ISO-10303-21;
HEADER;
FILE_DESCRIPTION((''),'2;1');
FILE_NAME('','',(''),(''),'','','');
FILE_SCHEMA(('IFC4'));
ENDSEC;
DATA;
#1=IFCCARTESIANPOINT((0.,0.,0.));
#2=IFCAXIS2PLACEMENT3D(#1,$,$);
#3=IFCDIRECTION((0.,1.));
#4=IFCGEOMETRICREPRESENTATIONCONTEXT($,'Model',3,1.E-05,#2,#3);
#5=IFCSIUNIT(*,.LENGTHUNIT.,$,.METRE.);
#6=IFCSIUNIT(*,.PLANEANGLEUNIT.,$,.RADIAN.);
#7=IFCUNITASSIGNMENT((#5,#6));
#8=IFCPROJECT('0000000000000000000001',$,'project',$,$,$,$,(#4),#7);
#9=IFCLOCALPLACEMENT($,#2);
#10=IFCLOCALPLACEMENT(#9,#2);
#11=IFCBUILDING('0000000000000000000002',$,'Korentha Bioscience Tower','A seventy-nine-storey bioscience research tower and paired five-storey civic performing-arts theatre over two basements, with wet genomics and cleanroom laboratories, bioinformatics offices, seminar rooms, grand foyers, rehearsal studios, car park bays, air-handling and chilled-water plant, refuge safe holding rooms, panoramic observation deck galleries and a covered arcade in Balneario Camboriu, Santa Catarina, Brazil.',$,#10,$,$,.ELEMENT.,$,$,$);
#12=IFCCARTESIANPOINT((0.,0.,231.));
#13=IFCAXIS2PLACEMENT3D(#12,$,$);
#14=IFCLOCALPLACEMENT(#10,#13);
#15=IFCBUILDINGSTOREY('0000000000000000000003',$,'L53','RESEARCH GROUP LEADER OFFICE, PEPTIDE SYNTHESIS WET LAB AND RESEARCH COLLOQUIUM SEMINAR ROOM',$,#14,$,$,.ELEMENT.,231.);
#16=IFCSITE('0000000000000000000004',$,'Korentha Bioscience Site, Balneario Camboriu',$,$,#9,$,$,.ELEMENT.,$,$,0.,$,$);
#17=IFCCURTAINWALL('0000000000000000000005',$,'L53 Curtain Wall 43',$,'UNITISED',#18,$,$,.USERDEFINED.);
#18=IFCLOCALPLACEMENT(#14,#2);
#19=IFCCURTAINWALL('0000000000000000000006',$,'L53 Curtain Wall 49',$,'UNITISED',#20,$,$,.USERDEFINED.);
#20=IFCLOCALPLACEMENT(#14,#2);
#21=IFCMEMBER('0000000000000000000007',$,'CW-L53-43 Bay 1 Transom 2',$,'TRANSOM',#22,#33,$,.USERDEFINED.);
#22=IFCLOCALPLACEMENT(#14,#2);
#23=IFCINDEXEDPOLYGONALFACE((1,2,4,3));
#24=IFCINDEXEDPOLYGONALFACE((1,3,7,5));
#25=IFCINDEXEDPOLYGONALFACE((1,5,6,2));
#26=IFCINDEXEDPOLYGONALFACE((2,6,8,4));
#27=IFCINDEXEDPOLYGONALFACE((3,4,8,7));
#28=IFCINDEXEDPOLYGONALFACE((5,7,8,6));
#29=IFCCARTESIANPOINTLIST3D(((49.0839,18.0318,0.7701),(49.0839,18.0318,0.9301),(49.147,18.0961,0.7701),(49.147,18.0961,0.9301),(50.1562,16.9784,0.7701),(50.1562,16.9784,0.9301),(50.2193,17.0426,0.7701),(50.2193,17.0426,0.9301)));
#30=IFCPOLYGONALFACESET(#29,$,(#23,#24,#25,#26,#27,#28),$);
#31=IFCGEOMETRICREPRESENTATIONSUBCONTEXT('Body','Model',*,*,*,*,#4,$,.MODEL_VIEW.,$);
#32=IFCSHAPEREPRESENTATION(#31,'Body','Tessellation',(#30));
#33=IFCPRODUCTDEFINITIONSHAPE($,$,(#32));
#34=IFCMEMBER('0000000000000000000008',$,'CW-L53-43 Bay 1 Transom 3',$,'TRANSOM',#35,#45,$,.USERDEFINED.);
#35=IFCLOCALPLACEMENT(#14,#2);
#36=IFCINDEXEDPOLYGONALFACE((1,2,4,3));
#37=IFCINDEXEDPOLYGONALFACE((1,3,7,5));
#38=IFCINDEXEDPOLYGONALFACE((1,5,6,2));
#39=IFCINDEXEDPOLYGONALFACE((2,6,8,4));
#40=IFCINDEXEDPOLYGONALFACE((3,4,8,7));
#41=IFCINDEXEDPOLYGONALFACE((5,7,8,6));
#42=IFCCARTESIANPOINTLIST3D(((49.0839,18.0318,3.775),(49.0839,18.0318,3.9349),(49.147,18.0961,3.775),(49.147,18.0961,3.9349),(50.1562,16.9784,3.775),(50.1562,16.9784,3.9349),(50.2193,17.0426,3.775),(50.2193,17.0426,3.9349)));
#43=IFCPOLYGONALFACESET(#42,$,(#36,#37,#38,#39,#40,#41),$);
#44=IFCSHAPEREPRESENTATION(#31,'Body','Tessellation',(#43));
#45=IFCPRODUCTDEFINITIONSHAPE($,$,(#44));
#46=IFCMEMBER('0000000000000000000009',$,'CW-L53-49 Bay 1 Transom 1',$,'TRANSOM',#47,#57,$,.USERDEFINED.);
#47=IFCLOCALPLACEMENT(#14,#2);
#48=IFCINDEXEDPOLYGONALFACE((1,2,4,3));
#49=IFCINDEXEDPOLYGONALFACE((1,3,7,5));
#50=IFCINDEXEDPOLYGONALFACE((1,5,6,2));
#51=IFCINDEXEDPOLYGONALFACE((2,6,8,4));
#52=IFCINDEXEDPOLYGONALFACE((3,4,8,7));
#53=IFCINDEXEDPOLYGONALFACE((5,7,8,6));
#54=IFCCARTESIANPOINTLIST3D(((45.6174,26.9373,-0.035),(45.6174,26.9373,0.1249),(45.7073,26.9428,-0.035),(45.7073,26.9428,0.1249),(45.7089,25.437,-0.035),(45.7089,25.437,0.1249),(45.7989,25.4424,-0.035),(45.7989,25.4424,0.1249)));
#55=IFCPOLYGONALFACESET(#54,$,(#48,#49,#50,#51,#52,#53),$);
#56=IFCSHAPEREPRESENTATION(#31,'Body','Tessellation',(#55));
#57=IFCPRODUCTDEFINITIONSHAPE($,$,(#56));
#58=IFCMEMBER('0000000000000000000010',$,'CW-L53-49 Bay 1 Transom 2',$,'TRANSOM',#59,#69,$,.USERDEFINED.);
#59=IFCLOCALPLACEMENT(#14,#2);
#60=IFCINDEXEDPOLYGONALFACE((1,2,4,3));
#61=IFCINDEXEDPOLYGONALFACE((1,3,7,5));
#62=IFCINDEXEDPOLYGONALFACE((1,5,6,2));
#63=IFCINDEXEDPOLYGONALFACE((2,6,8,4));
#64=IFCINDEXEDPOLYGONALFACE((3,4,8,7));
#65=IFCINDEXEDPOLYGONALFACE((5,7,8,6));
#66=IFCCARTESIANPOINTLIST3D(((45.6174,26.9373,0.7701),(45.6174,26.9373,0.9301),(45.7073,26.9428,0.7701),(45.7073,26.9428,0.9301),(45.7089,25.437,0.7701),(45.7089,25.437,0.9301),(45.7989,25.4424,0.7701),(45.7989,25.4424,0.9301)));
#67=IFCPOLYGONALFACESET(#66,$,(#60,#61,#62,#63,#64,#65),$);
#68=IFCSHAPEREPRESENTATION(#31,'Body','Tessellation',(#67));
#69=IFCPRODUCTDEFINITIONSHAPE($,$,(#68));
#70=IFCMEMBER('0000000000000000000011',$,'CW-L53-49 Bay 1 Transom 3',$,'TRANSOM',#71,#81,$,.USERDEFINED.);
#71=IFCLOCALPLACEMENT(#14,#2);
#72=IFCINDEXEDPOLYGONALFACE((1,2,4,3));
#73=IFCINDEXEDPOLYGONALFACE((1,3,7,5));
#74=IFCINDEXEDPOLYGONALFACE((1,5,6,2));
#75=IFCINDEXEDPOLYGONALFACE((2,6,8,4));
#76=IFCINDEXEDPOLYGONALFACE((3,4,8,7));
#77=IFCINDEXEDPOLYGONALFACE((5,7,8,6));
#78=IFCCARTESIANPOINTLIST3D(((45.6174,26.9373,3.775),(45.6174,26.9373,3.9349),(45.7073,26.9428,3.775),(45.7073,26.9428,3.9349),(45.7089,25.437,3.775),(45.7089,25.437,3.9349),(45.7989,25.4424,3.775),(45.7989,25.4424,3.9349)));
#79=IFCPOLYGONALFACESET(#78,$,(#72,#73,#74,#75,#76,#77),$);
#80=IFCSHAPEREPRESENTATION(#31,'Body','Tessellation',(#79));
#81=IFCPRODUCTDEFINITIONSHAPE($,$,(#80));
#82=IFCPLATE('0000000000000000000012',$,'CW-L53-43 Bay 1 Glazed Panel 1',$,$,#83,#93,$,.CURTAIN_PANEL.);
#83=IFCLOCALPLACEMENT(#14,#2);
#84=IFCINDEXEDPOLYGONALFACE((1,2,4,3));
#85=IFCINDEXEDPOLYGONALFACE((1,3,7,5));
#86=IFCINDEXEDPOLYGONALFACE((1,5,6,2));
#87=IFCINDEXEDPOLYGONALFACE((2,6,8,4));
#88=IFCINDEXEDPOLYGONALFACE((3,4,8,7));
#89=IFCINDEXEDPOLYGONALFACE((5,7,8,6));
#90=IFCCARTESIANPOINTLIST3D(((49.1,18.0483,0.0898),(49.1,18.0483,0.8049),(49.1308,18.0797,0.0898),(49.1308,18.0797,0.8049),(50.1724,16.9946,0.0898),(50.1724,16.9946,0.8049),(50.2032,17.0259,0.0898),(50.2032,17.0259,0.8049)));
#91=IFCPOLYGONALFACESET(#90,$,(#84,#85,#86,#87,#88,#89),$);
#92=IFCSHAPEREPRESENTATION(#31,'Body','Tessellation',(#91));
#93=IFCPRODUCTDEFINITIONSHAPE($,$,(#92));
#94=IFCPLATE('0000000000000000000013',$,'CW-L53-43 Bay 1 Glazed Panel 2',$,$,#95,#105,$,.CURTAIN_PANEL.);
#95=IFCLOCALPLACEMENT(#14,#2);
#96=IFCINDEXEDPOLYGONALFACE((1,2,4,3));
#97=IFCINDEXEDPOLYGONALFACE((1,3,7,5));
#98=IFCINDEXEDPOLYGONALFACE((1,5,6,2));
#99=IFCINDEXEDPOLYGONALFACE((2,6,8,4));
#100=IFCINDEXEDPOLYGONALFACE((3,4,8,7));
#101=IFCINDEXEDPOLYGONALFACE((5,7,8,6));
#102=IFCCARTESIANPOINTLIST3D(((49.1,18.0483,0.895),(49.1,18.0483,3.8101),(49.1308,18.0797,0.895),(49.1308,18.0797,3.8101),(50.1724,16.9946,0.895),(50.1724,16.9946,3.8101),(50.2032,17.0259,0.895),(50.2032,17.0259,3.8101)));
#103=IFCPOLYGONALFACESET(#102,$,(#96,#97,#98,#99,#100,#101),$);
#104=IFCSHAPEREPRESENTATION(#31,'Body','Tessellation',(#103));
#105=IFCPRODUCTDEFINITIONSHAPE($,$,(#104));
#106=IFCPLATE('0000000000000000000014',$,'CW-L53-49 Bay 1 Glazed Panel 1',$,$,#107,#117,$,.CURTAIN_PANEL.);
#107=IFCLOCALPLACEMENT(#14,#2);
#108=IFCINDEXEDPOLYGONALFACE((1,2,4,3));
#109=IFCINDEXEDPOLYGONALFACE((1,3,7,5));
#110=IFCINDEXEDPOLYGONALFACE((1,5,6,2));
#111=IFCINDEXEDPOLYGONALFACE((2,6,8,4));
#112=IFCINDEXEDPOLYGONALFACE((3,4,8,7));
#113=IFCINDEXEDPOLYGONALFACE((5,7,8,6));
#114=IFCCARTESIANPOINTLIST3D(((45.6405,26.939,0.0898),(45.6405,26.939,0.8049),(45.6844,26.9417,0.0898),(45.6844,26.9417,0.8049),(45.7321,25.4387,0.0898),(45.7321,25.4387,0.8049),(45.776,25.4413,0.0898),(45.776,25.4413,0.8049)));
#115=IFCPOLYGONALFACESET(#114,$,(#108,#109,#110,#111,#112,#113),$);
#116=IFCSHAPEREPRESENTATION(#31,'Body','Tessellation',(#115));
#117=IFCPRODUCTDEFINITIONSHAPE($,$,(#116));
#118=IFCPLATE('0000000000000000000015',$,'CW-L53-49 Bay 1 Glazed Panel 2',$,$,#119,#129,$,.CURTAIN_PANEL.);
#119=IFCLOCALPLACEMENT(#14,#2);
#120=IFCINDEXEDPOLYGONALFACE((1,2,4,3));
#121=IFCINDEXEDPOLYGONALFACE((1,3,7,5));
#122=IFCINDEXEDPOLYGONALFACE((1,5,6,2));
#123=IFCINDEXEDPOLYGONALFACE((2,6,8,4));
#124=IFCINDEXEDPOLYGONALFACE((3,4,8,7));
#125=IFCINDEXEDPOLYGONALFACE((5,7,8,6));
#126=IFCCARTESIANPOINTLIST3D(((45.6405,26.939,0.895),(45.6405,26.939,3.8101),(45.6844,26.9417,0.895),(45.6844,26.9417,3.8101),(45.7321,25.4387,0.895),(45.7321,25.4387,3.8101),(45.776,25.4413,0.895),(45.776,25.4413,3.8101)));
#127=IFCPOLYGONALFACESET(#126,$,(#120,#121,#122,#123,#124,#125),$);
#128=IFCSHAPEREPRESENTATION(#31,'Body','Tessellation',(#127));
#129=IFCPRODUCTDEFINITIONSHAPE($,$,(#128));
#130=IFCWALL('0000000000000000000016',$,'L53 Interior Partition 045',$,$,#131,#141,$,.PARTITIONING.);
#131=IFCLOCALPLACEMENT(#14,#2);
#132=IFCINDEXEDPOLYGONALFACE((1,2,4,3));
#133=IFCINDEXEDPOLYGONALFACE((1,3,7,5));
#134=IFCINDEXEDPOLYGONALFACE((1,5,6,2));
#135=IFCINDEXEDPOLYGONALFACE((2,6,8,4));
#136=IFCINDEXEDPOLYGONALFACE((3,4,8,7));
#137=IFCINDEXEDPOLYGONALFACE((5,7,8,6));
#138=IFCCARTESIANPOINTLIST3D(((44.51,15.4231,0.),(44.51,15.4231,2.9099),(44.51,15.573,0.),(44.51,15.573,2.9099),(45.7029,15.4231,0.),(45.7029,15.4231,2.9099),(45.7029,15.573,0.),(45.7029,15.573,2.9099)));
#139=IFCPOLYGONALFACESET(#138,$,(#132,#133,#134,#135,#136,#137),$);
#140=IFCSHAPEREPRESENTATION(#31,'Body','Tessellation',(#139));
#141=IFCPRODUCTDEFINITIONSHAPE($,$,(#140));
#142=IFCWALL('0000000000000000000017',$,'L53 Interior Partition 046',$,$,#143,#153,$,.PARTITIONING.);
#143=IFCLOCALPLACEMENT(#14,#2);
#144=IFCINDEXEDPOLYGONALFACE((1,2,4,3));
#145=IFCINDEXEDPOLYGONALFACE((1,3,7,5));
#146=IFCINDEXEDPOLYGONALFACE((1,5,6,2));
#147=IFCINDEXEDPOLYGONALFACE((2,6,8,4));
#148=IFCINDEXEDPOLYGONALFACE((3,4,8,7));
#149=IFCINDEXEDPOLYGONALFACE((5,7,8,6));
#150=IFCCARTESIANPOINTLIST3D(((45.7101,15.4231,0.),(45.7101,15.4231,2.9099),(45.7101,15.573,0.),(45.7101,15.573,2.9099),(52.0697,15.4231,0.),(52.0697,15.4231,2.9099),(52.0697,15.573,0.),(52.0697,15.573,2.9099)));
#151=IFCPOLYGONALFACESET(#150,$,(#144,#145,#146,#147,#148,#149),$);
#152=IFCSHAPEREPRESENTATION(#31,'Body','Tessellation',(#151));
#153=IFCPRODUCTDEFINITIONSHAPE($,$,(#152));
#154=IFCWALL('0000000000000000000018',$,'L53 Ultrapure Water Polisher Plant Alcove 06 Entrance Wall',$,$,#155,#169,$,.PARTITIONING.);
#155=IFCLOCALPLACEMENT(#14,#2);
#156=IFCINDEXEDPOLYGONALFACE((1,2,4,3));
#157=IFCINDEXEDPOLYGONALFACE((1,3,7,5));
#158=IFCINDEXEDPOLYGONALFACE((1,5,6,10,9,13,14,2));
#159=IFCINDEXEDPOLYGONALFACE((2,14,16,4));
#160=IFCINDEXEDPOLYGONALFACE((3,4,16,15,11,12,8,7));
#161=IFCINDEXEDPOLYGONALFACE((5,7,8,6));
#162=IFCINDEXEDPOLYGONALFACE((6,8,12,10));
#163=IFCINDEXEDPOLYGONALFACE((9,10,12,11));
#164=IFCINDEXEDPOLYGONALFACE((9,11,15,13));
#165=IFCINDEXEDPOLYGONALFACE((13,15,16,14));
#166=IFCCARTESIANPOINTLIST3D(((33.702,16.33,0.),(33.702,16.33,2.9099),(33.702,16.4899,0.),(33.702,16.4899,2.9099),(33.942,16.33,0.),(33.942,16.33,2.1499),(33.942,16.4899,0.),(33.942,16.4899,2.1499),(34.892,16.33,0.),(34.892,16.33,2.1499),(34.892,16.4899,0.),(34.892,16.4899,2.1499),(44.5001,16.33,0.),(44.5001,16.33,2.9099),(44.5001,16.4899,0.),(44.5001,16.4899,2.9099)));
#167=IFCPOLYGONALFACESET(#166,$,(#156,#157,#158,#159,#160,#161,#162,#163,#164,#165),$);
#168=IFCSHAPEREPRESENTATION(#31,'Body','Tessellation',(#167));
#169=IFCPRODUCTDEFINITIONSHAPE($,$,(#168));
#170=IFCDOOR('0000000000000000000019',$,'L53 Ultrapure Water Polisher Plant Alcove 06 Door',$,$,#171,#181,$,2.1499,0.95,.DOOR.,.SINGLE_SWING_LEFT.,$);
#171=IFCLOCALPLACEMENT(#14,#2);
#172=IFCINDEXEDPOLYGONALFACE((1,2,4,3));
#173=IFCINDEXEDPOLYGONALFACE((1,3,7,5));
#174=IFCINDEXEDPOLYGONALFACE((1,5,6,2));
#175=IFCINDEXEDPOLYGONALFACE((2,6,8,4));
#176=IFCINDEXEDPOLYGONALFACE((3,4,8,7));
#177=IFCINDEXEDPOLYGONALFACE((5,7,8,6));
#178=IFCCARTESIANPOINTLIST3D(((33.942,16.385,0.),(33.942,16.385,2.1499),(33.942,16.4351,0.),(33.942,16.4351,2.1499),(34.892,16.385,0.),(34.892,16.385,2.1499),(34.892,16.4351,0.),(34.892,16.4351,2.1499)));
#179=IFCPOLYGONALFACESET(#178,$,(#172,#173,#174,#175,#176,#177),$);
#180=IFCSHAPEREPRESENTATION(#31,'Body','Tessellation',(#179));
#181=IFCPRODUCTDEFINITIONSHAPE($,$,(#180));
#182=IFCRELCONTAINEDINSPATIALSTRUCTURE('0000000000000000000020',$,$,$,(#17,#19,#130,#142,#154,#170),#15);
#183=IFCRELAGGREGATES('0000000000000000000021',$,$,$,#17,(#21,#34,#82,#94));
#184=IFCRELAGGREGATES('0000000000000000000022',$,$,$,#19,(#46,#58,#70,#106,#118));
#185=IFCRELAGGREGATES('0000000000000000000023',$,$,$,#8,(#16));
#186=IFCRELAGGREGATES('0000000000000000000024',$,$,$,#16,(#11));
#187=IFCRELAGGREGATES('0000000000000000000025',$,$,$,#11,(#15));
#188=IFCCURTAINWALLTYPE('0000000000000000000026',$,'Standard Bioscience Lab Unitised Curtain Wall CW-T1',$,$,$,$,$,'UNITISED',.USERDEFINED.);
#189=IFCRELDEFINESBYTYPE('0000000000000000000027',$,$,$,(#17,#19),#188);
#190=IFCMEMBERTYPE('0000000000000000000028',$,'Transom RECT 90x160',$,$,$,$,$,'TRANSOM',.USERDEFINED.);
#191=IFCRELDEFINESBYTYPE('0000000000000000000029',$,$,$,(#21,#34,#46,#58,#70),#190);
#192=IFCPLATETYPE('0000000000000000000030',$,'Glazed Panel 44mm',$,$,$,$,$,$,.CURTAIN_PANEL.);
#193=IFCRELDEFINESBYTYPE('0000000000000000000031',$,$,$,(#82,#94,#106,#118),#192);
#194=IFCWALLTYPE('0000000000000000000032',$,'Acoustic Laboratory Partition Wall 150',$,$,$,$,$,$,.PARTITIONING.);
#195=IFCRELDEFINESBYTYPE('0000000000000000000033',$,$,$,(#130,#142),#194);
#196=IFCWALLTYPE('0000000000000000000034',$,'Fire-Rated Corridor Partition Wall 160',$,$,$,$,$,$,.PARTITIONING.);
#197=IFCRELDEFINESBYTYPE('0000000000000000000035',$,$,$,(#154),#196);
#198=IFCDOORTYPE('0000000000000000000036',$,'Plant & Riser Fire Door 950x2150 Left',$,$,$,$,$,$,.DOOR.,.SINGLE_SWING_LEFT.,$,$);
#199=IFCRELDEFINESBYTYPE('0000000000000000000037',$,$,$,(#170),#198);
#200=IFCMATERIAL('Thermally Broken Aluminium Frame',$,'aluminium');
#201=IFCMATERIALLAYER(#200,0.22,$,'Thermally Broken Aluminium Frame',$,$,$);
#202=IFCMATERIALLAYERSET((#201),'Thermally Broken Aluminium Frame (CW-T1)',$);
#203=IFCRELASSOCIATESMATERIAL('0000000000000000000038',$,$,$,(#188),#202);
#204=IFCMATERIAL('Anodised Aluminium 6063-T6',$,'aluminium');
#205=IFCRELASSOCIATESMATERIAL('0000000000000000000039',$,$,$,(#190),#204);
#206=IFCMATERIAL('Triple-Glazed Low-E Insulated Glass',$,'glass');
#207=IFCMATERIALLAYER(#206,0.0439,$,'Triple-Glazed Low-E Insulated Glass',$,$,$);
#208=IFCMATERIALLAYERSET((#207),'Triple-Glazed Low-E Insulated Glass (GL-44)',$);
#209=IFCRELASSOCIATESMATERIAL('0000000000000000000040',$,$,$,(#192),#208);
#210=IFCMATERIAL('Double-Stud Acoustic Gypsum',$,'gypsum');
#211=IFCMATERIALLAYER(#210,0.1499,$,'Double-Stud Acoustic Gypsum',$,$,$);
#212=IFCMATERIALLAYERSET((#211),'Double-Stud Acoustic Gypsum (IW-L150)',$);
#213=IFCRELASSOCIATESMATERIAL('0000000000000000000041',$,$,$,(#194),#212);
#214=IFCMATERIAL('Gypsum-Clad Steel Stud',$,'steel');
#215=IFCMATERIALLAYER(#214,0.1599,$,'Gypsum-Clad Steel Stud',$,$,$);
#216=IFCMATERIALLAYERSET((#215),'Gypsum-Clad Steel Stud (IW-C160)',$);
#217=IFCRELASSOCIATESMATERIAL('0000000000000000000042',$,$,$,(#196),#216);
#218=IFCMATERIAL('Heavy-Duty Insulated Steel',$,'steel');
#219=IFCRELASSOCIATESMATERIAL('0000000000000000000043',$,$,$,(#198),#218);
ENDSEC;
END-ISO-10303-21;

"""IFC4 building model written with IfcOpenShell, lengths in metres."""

from ifc_helpers import new_model, si_unit, direction, frame, frame_2d, origin, origin_2d, place, context, subcontext, project, spatial, rectangle, extrude, material, layer, layer_set, material_profile, profile_set, type_object, element, fill, aggregate, save


model = new_model("IFC4")

# Units and contexts
model_context = context("Model", 3, precision=1e-05, world=origin(), true_north=direction((0.0, 1.0)))
body_context = subcontext(model_context, "Body", "Model", "MODEL_VIEW")
ifc_project = project(units=[si_unit("LENGTHUNIT", "METRE"), si_unit("PLANEANGLEUNIT", "RADIAN")], contexts=[model_context])

# Site, building, storey
site_placement = place(None, origin())
site = spatial("IfcSite", under=ifc_project, at=site_placement, Name="Korentha Bioscience Site, Balneario Camboriu", CompositionType="ELEMENT", RefElevation=0.0)
building_placement = place(site_placement, origin())
building = spatial("IfcBuilding", under=site, at=building_placement, Name="Korentha Bioscience Tower", Description="A seventy-nine-storey bioscience research tower and paired five-storey civic performing-arts theatre over two basements, with wet genomics and cleanroom laboratories, bioinformatics offices, seminar rooms, grand foyers, rehearsal studios, car park bays, air-handling and chilled-water plant, refuge safe holding rooms, panoramic observation deck galleries and a covered arcade in Balneario Camboriu, Santa Catarina, Brazil.", CompositionType="ELEMENT")
storey_placement = place(building_placement, frame((0.0, 0.0, 231.0)))
storey = spatial("IfcBuildingStorey", under=building, at=storey_placement, Name="L53", Description="RESEARCH GROUP LEADER OFFICE, PEPTIDE SYNTHESIS WET LAB AND RESEARCH COLLOQUIUM SEMINAR ROOM", CompositionType="ELEMENT", Elevation=231.0)

# Curtain wall
ifc_material_1 = material(Name="Thermally Broken Aluminium Frame", Category="aluminium")
ifc_layer_1 = layer(ifc_material_1, 0.22, Name="Thermally Broken Aluminium Frame")
ifc_layer_set_1 = layer_set([ifc_layer_1], Name="Thermally Broken Aluminium Frame (CW-T1)")
curtain_wall_type = type_object("IfcCurtainWallType", Name="Standard Bioscience Lab Unitised Curtain Wall CW-T1", ElementType="UNITISED", PredefinedType="USERDEFINED", material=ifc_layer_set_1)
curtain_wall_1_placement = place(storey_placement, origin())
curtain_wall_1 = element("IfcCurtainWall", 1, at=curtain_wall_1_placement, inside=storey, type_object=curtain_wall_type, Name="L53 Curtain Wall 43", ObjectType="UNITISED", PredefinedType="USERDEFINED")
ifc_material_2 = material(Name="Anodised Aluminium 6063-T6", Category="aluminium")

# Curtain wall
curtain_wall_2_placement = place(storey_placement, origin())
curtain_wall_2 = element("IfcCurtainWall", 2, at=curtain_wall_2_placement, inside=storey, type_object=curtain_wall_type, Name="L53 Curtain Wall 49", ObjectType="UNITISED", PredefinedType="USERDEFINED")

# Members
ifc_material_profile_1 = material_profile(ifc_material_2, rectangle(XDim=0.0901, YDim=0.1599, at=origin_2d()), Name="Anodised Aluminium 6063-T6")
ifc_profile_set_1 = profile_set([ifc_material_profile_1], Name="Anodised Aluminium 6063-T6 (CW-TRN)")
member_type_1 = type_object("IfcMemberType", Name="Transom RECT 90x160", ElementType="TRANSOM", PredefinedType="USERDEFINED", material=ifc_profile_set_1)
member_1_placement = place(storey_placement, frame((50.1877, 17.0105, 0.8501), z_axis=(-0.713332, 0.700826, 0.0), x_axis=(-0.700826, -0.713332, 0.0)))
member_1 = element("IfcMember", 3, at=member_1_placement, type_object=member_type_1, Name="CW-L53-43 Bay 1 Transom 2", ObjectType="TRANSOM", PredefinedType="USERDEFINED", context=body_context, shape_type="SweptSolid", body=[
    extrude(rectangle(XDim=0.0901, YDim=0.1599, at=origin_2d()), origin(), (0.0, 0.0, 1.0), 1.5032),
])
member_2_placement = place(storey_placement, frame((50.1877, 17.0105, 3.855), z_axis=(-0.713332, 0.700826, 0.0), x_axis=(-0.700826, -0.713332, 0.0)))
member_2 = element("IfcMember", 4, at=member_2_placement, type_object=member_type_1, Name="CW-L53-43 Bay 1 Transom 3", ObjectType="TRANSOM", PredefinedType="USERDEFINED", context=body_context, shape_type="SweptSolid", body=[
    extrude(rectangle(XDim=0.0901, YDim=0.1599, at=origin_2d()), origin(), (0.0, 0.0, 1.0), 1.5032),
])
member_3_placement = place(storey_placement, frame((45.7539, 25.4397, 0.0449), z_axis=(-0.060902, 0.998144, 0.0), x_axis=(-0.998144, -0.060902, 0.0)))
member_3 = element("IfcMember", 5, at=member_3_placement, type_object=member_type_1, Name="CW-L53-49 Bay 1 Transom 1", ObjectType="TRANSOM", PredefinedType="USERDEFINED", context=body_context, shape_type="SweptSolid", body=[
    extrude(rectangle(XDim=0.0901, YDim=0.1599, at=origin_2d()), origin(), (0.0, 0.0, 1.0), 1.5032),
])
member_4_placement = place(storey_placement, frame((45.7539, 25.4397, 0.8501), z_axis=(-0.060902, 0.998144, 0.0), x_axis=(-0.998144, -0.060902, 0.0)))
member_4 = element("IfcMember", 6, at=member_4_placement, type_object=member_type_1, Name="CW-L53-49 Bay 1 Transom 2", ObjectType="TRANSOM", PredefinedType="USERDEFINED", context=body_context, shape_type="SweptSolid", body=[
    extrude(rectangle(XDim=0.0901, YDim=0.1599, at=origin_2d()), origin(), (0.0, 0.0, 1.0), 1.5032),
])
member_5_placement = place(storey_placement, frame((45.7539, 25.4397, 3.855), z_axis=(-0.060902, 0.998144, 0.0), x_axis=(-0.998144, -0.060902, 0.0)))
member_5 = element("IfcMember", 7, at=member_5_placement, type_object=member_type_1, Name="CW-L53-49 Bay 1 Transom 3", ObjectType="TRANSOM", PredefinedType="USERDEFINED", context=body_context, shape_type="SweptSolid", body=[
    extrude(rectangle(XDim=0.0901, YDim=0.1599, at=origin_2d()), origin(), (0.0, 0.0, 1.0), 1.5032),
])

# Plates
ifc_material_3 = material(Name="Triple-Glazed Low-E Insulated Glass", Category="glass")
ifc_layer_2 = layer(ifc_material_3, 0.0439, Name="Triple-Glazed Low-E Insulated Glass")
ifc_layer_set_2 = layer_set([ifc_layer_2], Name="Triple-Glazed Low-E Insulated Glass (GL-44)")
plate_type = type_object("IfcPlateType", Name="Glazed Panel 44mm", PredefinedType="CURTAIN_PANEL", material=ifc_layer_set_2)
plate_1_placement = place(storey_placement, frame((49.6516, 17.5371, 0.0898), z_axis=(0.0, 0.0, 1.0), x_axis=(-0.713258, 0.700901, 0.0)))
plate_1 = element("IfcPlate", 8, at=plate_1_placement, type_object=plate_type, Name="CW-L53-43 Bay 1 Glazed Panel 1", PredefinedType="CURTAIN_PANEL", context=body_context, shape_type="SweptSolid", body=[
    extrude(rectangle(XDim=1.5034, YDim=0.0439, at=origin_2d()), origin(), (0.0, 0.0, 1.0), 0.7151),
])
plate_2_placement = place(storey_placement, frame((49.6516, 17.5371, 0.895), z_axis=(0.0, 0.0, 1.0), x_axis=(-0.713258, 0.700901, 0.0)))
plate_2 = element("IfcPlate", 9, at=plate_2_placement, type_object=plate_type, Name="CW-L53-43 Bay 1 Glazed Panel 2", PredefinedType="CURTAIN_PANEL", context=body_context, shape_type="SweptSolid", body=[
    extrude(rectangle(XDim=1.5034, YDim=0.0439, at=origin_2d()), origin(), (0.0, 0.0, 1.0), 2.915),
])
aggregate(curtain_wall_1, [member_1, member_2, plate_1, plate_2])
plate_3_placement = place(storey_placement, frame((45.7083, 26.1902, 0.0898), z_axis=(0.0, 0.0, 1.0), x_axis=(-0.060954, 0.998141, 0.0)))
plate_3 = element("IfcPlate", 10, at=plate_3_placement, type_object=plate_type, Name="CW-L53-49 Bay 1 Glazed Panel 1", PredefinedType="CURTAIN_PANEL", context=body_context, shape_type="SweptSolid", body=[
    extrude(rectangle(XDim=1.5032, YDim=0.0439, at=origin_2d()), origin(), (0.0, 0.0, 1.0), 0.7151),
])
plate_4_placement = place(storey_placement, frame((45.7083, 26.1902, 0.895), z_axis=(0.0, 0.0, 1.0), x_axis=(-0.060954, 0.998141, 0.0)))
plate_4 = element("IfcPlate", 11, at=plate_4_placement, type_object=plate_type, Name="CW-L53-49 Bay 1 Glazed Panel 2", PredefinedType="CURTAIN_PANEL", context=body_context, shape_type="SweptSolid", body=[
    extrude(rectangle(XDim=1.5032, YDim=0.0439, at=origin_2d()), origin(), (0.0, 0.0, 1.0), 2.915),
])
aggregate(curtain_wall_2, [member_3, member_4, member_5, plate_3, plate_4])

# Walls
ifc_material_4 = material(Name="Double-Stud Acoustic Gypsum", Category="gypsum")
ifc_layer_3 = layer(ifc_material_4, 0.1499, Name="Double-Stud Acoustic Gypsum")
ifc_layer_set_3 = layer_set([ifc_layer_3], Name="Double-Stud Acoustic Gypsum (IW-L150)")
wall_type_1 = type_object("IfcWallType", Name="Acoustic Laboratory Partition Wall 150", PredefinedType="PARTITIONING", material=ifc_layer_set_3)
wall_1_placement = place(storey_placement, frame((44.51, 15.498, 0.0), z_axis=(0.0, 0.0, 1.0), x_axis=(1.0, 0.0, 0.0)))
element("IfcWall", 12, at=wall_1_placement, inside=storey, type_object=wall_type_1, Name="L53 Interior Partition 045", PredefinedType="PARTITIONING", context=body_context, shape_type="SweptSolid", body=[
    extrude(rectangle(XDim=1.1929, YDim=0.1499, at=frame_2d((0.5964, 0.0))), origin(), (0.0, 0.0, 1.0), 2.9099),
])
wall_2_placement = place(storey_placement, frame((45.7102, 15.498, 0.0), z_axis=(0.0, 0.0, 1.0), x_axis=(1.0, 0.0, 0.0)))
element("IfcWall", 13, at=wall_2_placement, inside=storey, type_object=wall_type_1, Name="L53 Interior Partition 046", PredefinedType="PARTITIONING", context=body_context, shape_type="SweptSolid", body=[
    extrude(rectangle(XDim=6.3596, YDim=0.1499, at=frame_2d((3.1797, 0.0))), origin(), (0.0, 0.0, 1.0), 2.9099),
])

# Wall, opening, door
ifc_material_5 = material(Name="Gypsum-Clad Steel Stud", Category="steel")
ifc_layer_4 = layer(ifc_material_5, 0.1599, Name="Gypsum-Clad Steel Stud")
ifc_layer_set_4 = layer_set([ifc_layer_4], Name="Gypsum-Clad Steel Stud (IW-C160)")
wall_type_2 = type_object("IfcWallType", Name="Fire-Rated Corridor Partition Wall 160", PredefinedType="PARTITIONING", material=ifc_layer_set_4)
wall_3_placement = place(storey_placement, frame((44.5, 16.4099, 0.0), z_axis=(0.0, 0.0, 1.0), x_axis=(-1.0, 0.0, 0.0)))
wall_3 = element("IfcWall", 14, at=wall_3_placement, inside=storey, type_object=wall_type_2, Name="L53 Ultrapure Water Polisher Plant Alcove 06 Entrance Wall", PredefinedType="PARTITIONING", context=body_context, shape_type="SweptSolid", body=[
    extrude(rectangle(XDim=10.7981, YDim=0.1599, at=frame_2d((5.3989, 0.0))), origin(), (0.0, 0.0, 1.0), 2.9099),
])
opening_placement = place(wall_3_placement, frame((9.6079, 0.0, 0.0)))
opening = element("IfcOpeningElement", 15, at=opening_placement, cuts=wall_3, PredefinedType="OPENING", context=body_context, shape_type="SweptSolid", body=[
    extrude(rectangle(XDim=0.95, YDim=2.1499, at=frame_2d((0.4751, 1.075))), frame((0.0, 0.0947, 0.0), z_axis=(0.0, -1.0, 0.0), x_axis=(1.0, 0.0, 0.0)), (0.0, 0.0, 1.0), 0.1897),
])
ifc_material_6 = material(Name="Heavy-Duty Insulated Steel", Category="steel")
door_type = type_object("IfcDoorType", Name="Plant & Riser Fire Door 950x2150 Left", OperationType="SINGLE_SWING_LEFT", PredefinedType="DOOR", material=ifc_material_6)
door_placement = place(opening_placement, origin())
door = element("IfcDoor", 16, at=door_placement, inside=storey, type_object=door_type, Name="L53 Ultrapure Water Polisher Plant Alcove 06 Door", OperationType="SINGLE_SWING_LEFT", OverallHeight=2.1499, OverallWidth=0.95, PredefinedType="DOOR", context=body_context, shape_type="SweptSolid", body=[
    extrude(rectangle(XDim=0.95, YDim=2.1499, at=frame_2d((0.4751, 1.075))), frame((0.0, 0.0249, 0.0), z_axis=(0.0, -1.0, 0.0), x_axis=(1.0, 0.0, 0.0)), (0.0, 0.0, 1.0), 0.05),
])
fill(opening, door)

save(model, "model.ifc")
